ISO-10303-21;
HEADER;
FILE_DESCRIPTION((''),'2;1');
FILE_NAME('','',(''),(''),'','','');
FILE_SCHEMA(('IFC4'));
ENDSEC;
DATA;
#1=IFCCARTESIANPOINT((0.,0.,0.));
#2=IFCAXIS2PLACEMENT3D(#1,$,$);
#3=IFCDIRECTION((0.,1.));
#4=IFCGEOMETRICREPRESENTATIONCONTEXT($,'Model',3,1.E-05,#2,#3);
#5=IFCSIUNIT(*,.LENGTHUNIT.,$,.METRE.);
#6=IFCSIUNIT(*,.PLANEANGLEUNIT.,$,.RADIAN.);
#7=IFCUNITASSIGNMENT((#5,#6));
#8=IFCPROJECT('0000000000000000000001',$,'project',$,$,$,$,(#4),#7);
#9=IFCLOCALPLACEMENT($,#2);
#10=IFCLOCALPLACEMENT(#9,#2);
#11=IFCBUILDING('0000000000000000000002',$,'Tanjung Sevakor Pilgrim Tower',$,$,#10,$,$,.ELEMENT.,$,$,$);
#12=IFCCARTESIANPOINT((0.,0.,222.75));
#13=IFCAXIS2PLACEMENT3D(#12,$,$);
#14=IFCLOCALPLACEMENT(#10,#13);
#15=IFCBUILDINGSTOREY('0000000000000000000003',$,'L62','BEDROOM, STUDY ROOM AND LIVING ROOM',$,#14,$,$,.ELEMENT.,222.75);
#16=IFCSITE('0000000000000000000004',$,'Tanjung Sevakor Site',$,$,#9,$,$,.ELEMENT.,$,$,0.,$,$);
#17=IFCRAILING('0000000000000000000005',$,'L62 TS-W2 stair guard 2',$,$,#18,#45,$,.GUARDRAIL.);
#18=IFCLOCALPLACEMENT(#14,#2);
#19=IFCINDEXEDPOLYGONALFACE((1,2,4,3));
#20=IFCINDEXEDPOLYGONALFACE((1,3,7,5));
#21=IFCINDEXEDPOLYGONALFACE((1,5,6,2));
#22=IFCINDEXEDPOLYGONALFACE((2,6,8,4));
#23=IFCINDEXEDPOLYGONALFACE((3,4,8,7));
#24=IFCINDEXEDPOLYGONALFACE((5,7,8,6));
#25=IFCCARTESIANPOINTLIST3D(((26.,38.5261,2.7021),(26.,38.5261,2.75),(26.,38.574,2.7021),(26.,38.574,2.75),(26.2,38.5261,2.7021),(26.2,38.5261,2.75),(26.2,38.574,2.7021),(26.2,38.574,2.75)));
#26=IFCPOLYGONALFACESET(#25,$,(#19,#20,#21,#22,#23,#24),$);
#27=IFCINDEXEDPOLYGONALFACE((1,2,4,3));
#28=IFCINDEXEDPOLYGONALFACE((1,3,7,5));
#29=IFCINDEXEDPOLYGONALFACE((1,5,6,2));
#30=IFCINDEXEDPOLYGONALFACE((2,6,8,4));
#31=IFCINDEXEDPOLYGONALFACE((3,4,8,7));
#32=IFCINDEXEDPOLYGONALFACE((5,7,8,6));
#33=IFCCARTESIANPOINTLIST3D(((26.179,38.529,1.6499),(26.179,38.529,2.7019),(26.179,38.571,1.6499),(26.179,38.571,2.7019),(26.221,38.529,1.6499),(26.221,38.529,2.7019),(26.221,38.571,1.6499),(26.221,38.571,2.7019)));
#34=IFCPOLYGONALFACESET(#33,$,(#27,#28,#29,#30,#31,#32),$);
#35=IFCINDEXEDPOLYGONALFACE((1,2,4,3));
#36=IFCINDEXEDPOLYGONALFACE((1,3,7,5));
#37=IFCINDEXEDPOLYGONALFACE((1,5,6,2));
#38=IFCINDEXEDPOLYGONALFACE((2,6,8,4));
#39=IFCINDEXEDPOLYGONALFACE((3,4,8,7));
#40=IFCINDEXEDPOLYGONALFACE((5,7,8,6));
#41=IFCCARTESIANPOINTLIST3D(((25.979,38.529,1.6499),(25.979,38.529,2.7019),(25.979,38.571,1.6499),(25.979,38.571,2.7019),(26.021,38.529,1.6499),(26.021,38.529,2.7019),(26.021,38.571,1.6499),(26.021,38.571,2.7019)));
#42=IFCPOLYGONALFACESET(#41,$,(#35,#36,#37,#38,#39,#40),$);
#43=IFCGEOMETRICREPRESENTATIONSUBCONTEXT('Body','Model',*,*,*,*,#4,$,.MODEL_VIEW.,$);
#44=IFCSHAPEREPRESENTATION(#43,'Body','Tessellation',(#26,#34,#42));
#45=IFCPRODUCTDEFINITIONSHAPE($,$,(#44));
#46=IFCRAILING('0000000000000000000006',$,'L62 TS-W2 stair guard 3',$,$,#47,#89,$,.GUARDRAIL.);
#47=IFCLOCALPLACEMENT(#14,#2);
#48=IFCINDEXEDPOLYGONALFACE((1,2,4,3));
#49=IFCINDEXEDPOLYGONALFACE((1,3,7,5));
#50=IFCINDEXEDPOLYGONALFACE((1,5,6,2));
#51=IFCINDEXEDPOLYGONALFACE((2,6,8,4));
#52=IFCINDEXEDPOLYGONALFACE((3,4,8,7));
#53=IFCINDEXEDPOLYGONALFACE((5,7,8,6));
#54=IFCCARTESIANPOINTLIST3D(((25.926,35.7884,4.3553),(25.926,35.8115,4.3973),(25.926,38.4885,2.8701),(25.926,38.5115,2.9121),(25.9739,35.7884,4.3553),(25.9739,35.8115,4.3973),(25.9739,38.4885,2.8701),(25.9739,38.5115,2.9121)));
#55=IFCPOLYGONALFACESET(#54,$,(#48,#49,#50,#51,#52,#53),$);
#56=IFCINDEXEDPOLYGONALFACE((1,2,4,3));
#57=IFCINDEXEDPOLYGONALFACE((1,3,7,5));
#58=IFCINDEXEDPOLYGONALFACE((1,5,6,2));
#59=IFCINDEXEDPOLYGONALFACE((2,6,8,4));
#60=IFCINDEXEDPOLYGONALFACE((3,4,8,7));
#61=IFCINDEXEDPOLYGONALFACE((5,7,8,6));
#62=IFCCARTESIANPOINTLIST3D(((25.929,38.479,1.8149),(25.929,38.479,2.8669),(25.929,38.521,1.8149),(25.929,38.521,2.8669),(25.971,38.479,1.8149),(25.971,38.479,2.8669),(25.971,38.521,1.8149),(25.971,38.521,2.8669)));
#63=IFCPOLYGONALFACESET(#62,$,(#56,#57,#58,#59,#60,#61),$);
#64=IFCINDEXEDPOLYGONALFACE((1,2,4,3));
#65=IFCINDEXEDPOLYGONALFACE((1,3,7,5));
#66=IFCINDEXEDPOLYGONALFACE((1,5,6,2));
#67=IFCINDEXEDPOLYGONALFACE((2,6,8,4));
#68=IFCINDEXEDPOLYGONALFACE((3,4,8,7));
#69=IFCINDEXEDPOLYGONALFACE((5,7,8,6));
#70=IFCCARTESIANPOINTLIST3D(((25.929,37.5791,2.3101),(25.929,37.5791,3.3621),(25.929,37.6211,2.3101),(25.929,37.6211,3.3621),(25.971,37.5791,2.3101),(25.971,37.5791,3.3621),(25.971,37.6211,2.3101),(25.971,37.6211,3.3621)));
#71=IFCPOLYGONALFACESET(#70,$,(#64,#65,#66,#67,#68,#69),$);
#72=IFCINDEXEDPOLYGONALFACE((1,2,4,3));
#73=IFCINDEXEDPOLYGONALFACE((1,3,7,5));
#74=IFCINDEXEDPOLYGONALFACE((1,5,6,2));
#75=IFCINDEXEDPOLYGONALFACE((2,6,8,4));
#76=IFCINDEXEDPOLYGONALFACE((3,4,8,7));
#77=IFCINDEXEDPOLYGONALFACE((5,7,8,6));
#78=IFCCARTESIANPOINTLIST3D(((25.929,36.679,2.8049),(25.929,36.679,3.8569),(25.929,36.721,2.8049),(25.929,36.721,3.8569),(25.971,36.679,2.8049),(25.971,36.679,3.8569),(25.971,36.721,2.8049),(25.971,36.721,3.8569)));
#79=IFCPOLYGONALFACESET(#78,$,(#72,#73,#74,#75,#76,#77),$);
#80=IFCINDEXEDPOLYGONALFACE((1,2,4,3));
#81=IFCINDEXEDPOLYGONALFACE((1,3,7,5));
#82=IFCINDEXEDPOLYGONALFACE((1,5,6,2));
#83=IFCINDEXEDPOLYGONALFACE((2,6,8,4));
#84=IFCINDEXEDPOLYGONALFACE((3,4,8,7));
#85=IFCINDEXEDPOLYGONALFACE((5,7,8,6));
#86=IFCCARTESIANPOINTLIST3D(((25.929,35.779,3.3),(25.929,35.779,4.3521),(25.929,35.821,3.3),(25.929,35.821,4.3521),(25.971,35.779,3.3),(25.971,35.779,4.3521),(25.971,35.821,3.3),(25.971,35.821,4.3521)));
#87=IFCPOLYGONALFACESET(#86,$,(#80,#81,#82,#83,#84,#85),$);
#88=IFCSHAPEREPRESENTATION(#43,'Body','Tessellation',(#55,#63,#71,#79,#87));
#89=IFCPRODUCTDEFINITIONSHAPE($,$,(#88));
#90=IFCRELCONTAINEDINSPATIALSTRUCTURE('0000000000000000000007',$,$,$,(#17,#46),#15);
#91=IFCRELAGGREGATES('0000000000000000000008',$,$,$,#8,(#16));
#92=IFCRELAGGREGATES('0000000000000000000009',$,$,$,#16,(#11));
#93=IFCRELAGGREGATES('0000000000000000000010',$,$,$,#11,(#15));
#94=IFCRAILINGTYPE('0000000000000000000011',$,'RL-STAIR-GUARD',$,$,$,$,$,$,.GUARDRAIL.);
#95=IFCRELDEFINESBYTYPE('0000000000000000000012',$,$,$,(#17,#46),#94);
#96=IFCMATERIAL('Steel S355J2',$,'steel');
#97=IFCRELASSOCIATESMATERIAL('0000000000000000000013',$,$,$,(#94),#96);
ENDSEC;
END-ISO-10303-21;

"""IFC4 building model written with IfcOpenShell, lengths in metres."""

from ifc_helpers import new_model, si_unit, direction, frame, origin, place, context, subcontext, project, spatial, rectangle, extrude, material, type_object, element, save


model = new_model("IFC4")

# Units and contexts
model_context = context("Model", 3, precision=1e-05, world=origin(), true_north=direction((0.0, 1.0)))
body_context = subcontext(model_context, "Body", "Model", "MODEL_VIEW")
ifc_project = project(units=[si_unit("LENGTHUNIT", "METRE"), si_unit("PLANEANGLEUNIT", "RADIAN")], contexts=[model_context])

# Site, building, storey
site_placement = place(None, origin())
site = spatial("IfcSite", under=ifc_project, at=site_placement, Name="Tanjung Sevakor Site", CompositionType="ELEMENT", RefElevation=0.0)
building_placement = place(site_placement, origin())
building = spatial("IfcBuilding", under=site, at=building_placement, Name="Tanjung Sevakor Pilgrim Tower", CompositionType="ELEMENT")
storey_placement = place(building_placement, frame((0.0, 0.0, 222.75)))
storey = spatial("IfcBuildingStorey", under=building, at=storey_placement, Name="L62", Description="BEDROOM, STUDY ROOM AND LIVING ROOM", CompositionType="ELEMENT", Elevation=222.75)

# Railings
ifc_material_1 = material(Name="Steel S355J2", Category="steel")
railing_type_1 = type_object("IfcRailingType", Name="RL-STAIR-GUARD", PredefinedType="GUARDRAIL", material=ifc_material_1)
railing_1_placement = place(storey_placement, frame((26.2, 38.55, 1.6499)))
element("IfcRailing", 1, at=railing_1_placement, inside=storey, type_object=railing_type_1, Name="L62 TS-W2 stair guard 2", PredefinedType="GUARDRAIL", context=body_context, shape_type="SweptSolid", body=[
    extrude(rectangle(XDim=0.0479, YDim=0.0479), frame((0.0, 0.0, 1.0762), z_axis=(-1.0, 0.0, 0.0), x_axis=(0.0, -1.0, 0.0)), (0.0, 0.0, 1.0), 0.2),
    extrude(rectangle(XDim=0.042, YDim=0.042), origin(), (0.0, 0.0, 1.0), 1.052),
    extrude(rectangle(XDim=0.042, YDim=0.042), frame((-0.2, 0.0, 0.0)), (0.0, 0.0, 1.0), 1.052),
])
railing_2_placement = place(storey_placement, frame((25.95, 38.5, 1.8149)))
element("IfcRailing", 2, at=railing_2_placement, inside=storey, type_object=railing_type_1, Name="L62 TS-W2 stair guard 3", PredefinedType="GUARDRAIL", context=body_context, shape_type="SweptSolid", body=[
    extrude(rectangle(XDim=0.0479, YDim=0.0479), frame((0.0, 0.0, 1.0762), z_axis=(0.0, -0.876198, 0.481952), x_axis=(1.0, 0.0, 0.0)), (0.0, 0.0, 1.0), 3.0815),
    extrude(rectangle(XDim=0.042, YDim=0.042), origin(), (0.0, 0.0, 1.0), 1.052),
    extrude(rectangle(XDim=0.042, YDim=0.042), frame((0.0, -0.8999, 0.4951)), (0.0, 0.0, 1.0), 1.052),
    extrude(rectangle(XDim=0.042, YDim=0.042), frame((0.0, -1.8, 0.99)), (0.0, 0.0, 1.0), 1.052),
    extrude(rectangle(XDim=0.042, YDim=0.042), frame((0.0, -2.7, 1.4851)), (0.0, 0.0, 1.0), 1.052),
])

save(model, "model.ifc")
